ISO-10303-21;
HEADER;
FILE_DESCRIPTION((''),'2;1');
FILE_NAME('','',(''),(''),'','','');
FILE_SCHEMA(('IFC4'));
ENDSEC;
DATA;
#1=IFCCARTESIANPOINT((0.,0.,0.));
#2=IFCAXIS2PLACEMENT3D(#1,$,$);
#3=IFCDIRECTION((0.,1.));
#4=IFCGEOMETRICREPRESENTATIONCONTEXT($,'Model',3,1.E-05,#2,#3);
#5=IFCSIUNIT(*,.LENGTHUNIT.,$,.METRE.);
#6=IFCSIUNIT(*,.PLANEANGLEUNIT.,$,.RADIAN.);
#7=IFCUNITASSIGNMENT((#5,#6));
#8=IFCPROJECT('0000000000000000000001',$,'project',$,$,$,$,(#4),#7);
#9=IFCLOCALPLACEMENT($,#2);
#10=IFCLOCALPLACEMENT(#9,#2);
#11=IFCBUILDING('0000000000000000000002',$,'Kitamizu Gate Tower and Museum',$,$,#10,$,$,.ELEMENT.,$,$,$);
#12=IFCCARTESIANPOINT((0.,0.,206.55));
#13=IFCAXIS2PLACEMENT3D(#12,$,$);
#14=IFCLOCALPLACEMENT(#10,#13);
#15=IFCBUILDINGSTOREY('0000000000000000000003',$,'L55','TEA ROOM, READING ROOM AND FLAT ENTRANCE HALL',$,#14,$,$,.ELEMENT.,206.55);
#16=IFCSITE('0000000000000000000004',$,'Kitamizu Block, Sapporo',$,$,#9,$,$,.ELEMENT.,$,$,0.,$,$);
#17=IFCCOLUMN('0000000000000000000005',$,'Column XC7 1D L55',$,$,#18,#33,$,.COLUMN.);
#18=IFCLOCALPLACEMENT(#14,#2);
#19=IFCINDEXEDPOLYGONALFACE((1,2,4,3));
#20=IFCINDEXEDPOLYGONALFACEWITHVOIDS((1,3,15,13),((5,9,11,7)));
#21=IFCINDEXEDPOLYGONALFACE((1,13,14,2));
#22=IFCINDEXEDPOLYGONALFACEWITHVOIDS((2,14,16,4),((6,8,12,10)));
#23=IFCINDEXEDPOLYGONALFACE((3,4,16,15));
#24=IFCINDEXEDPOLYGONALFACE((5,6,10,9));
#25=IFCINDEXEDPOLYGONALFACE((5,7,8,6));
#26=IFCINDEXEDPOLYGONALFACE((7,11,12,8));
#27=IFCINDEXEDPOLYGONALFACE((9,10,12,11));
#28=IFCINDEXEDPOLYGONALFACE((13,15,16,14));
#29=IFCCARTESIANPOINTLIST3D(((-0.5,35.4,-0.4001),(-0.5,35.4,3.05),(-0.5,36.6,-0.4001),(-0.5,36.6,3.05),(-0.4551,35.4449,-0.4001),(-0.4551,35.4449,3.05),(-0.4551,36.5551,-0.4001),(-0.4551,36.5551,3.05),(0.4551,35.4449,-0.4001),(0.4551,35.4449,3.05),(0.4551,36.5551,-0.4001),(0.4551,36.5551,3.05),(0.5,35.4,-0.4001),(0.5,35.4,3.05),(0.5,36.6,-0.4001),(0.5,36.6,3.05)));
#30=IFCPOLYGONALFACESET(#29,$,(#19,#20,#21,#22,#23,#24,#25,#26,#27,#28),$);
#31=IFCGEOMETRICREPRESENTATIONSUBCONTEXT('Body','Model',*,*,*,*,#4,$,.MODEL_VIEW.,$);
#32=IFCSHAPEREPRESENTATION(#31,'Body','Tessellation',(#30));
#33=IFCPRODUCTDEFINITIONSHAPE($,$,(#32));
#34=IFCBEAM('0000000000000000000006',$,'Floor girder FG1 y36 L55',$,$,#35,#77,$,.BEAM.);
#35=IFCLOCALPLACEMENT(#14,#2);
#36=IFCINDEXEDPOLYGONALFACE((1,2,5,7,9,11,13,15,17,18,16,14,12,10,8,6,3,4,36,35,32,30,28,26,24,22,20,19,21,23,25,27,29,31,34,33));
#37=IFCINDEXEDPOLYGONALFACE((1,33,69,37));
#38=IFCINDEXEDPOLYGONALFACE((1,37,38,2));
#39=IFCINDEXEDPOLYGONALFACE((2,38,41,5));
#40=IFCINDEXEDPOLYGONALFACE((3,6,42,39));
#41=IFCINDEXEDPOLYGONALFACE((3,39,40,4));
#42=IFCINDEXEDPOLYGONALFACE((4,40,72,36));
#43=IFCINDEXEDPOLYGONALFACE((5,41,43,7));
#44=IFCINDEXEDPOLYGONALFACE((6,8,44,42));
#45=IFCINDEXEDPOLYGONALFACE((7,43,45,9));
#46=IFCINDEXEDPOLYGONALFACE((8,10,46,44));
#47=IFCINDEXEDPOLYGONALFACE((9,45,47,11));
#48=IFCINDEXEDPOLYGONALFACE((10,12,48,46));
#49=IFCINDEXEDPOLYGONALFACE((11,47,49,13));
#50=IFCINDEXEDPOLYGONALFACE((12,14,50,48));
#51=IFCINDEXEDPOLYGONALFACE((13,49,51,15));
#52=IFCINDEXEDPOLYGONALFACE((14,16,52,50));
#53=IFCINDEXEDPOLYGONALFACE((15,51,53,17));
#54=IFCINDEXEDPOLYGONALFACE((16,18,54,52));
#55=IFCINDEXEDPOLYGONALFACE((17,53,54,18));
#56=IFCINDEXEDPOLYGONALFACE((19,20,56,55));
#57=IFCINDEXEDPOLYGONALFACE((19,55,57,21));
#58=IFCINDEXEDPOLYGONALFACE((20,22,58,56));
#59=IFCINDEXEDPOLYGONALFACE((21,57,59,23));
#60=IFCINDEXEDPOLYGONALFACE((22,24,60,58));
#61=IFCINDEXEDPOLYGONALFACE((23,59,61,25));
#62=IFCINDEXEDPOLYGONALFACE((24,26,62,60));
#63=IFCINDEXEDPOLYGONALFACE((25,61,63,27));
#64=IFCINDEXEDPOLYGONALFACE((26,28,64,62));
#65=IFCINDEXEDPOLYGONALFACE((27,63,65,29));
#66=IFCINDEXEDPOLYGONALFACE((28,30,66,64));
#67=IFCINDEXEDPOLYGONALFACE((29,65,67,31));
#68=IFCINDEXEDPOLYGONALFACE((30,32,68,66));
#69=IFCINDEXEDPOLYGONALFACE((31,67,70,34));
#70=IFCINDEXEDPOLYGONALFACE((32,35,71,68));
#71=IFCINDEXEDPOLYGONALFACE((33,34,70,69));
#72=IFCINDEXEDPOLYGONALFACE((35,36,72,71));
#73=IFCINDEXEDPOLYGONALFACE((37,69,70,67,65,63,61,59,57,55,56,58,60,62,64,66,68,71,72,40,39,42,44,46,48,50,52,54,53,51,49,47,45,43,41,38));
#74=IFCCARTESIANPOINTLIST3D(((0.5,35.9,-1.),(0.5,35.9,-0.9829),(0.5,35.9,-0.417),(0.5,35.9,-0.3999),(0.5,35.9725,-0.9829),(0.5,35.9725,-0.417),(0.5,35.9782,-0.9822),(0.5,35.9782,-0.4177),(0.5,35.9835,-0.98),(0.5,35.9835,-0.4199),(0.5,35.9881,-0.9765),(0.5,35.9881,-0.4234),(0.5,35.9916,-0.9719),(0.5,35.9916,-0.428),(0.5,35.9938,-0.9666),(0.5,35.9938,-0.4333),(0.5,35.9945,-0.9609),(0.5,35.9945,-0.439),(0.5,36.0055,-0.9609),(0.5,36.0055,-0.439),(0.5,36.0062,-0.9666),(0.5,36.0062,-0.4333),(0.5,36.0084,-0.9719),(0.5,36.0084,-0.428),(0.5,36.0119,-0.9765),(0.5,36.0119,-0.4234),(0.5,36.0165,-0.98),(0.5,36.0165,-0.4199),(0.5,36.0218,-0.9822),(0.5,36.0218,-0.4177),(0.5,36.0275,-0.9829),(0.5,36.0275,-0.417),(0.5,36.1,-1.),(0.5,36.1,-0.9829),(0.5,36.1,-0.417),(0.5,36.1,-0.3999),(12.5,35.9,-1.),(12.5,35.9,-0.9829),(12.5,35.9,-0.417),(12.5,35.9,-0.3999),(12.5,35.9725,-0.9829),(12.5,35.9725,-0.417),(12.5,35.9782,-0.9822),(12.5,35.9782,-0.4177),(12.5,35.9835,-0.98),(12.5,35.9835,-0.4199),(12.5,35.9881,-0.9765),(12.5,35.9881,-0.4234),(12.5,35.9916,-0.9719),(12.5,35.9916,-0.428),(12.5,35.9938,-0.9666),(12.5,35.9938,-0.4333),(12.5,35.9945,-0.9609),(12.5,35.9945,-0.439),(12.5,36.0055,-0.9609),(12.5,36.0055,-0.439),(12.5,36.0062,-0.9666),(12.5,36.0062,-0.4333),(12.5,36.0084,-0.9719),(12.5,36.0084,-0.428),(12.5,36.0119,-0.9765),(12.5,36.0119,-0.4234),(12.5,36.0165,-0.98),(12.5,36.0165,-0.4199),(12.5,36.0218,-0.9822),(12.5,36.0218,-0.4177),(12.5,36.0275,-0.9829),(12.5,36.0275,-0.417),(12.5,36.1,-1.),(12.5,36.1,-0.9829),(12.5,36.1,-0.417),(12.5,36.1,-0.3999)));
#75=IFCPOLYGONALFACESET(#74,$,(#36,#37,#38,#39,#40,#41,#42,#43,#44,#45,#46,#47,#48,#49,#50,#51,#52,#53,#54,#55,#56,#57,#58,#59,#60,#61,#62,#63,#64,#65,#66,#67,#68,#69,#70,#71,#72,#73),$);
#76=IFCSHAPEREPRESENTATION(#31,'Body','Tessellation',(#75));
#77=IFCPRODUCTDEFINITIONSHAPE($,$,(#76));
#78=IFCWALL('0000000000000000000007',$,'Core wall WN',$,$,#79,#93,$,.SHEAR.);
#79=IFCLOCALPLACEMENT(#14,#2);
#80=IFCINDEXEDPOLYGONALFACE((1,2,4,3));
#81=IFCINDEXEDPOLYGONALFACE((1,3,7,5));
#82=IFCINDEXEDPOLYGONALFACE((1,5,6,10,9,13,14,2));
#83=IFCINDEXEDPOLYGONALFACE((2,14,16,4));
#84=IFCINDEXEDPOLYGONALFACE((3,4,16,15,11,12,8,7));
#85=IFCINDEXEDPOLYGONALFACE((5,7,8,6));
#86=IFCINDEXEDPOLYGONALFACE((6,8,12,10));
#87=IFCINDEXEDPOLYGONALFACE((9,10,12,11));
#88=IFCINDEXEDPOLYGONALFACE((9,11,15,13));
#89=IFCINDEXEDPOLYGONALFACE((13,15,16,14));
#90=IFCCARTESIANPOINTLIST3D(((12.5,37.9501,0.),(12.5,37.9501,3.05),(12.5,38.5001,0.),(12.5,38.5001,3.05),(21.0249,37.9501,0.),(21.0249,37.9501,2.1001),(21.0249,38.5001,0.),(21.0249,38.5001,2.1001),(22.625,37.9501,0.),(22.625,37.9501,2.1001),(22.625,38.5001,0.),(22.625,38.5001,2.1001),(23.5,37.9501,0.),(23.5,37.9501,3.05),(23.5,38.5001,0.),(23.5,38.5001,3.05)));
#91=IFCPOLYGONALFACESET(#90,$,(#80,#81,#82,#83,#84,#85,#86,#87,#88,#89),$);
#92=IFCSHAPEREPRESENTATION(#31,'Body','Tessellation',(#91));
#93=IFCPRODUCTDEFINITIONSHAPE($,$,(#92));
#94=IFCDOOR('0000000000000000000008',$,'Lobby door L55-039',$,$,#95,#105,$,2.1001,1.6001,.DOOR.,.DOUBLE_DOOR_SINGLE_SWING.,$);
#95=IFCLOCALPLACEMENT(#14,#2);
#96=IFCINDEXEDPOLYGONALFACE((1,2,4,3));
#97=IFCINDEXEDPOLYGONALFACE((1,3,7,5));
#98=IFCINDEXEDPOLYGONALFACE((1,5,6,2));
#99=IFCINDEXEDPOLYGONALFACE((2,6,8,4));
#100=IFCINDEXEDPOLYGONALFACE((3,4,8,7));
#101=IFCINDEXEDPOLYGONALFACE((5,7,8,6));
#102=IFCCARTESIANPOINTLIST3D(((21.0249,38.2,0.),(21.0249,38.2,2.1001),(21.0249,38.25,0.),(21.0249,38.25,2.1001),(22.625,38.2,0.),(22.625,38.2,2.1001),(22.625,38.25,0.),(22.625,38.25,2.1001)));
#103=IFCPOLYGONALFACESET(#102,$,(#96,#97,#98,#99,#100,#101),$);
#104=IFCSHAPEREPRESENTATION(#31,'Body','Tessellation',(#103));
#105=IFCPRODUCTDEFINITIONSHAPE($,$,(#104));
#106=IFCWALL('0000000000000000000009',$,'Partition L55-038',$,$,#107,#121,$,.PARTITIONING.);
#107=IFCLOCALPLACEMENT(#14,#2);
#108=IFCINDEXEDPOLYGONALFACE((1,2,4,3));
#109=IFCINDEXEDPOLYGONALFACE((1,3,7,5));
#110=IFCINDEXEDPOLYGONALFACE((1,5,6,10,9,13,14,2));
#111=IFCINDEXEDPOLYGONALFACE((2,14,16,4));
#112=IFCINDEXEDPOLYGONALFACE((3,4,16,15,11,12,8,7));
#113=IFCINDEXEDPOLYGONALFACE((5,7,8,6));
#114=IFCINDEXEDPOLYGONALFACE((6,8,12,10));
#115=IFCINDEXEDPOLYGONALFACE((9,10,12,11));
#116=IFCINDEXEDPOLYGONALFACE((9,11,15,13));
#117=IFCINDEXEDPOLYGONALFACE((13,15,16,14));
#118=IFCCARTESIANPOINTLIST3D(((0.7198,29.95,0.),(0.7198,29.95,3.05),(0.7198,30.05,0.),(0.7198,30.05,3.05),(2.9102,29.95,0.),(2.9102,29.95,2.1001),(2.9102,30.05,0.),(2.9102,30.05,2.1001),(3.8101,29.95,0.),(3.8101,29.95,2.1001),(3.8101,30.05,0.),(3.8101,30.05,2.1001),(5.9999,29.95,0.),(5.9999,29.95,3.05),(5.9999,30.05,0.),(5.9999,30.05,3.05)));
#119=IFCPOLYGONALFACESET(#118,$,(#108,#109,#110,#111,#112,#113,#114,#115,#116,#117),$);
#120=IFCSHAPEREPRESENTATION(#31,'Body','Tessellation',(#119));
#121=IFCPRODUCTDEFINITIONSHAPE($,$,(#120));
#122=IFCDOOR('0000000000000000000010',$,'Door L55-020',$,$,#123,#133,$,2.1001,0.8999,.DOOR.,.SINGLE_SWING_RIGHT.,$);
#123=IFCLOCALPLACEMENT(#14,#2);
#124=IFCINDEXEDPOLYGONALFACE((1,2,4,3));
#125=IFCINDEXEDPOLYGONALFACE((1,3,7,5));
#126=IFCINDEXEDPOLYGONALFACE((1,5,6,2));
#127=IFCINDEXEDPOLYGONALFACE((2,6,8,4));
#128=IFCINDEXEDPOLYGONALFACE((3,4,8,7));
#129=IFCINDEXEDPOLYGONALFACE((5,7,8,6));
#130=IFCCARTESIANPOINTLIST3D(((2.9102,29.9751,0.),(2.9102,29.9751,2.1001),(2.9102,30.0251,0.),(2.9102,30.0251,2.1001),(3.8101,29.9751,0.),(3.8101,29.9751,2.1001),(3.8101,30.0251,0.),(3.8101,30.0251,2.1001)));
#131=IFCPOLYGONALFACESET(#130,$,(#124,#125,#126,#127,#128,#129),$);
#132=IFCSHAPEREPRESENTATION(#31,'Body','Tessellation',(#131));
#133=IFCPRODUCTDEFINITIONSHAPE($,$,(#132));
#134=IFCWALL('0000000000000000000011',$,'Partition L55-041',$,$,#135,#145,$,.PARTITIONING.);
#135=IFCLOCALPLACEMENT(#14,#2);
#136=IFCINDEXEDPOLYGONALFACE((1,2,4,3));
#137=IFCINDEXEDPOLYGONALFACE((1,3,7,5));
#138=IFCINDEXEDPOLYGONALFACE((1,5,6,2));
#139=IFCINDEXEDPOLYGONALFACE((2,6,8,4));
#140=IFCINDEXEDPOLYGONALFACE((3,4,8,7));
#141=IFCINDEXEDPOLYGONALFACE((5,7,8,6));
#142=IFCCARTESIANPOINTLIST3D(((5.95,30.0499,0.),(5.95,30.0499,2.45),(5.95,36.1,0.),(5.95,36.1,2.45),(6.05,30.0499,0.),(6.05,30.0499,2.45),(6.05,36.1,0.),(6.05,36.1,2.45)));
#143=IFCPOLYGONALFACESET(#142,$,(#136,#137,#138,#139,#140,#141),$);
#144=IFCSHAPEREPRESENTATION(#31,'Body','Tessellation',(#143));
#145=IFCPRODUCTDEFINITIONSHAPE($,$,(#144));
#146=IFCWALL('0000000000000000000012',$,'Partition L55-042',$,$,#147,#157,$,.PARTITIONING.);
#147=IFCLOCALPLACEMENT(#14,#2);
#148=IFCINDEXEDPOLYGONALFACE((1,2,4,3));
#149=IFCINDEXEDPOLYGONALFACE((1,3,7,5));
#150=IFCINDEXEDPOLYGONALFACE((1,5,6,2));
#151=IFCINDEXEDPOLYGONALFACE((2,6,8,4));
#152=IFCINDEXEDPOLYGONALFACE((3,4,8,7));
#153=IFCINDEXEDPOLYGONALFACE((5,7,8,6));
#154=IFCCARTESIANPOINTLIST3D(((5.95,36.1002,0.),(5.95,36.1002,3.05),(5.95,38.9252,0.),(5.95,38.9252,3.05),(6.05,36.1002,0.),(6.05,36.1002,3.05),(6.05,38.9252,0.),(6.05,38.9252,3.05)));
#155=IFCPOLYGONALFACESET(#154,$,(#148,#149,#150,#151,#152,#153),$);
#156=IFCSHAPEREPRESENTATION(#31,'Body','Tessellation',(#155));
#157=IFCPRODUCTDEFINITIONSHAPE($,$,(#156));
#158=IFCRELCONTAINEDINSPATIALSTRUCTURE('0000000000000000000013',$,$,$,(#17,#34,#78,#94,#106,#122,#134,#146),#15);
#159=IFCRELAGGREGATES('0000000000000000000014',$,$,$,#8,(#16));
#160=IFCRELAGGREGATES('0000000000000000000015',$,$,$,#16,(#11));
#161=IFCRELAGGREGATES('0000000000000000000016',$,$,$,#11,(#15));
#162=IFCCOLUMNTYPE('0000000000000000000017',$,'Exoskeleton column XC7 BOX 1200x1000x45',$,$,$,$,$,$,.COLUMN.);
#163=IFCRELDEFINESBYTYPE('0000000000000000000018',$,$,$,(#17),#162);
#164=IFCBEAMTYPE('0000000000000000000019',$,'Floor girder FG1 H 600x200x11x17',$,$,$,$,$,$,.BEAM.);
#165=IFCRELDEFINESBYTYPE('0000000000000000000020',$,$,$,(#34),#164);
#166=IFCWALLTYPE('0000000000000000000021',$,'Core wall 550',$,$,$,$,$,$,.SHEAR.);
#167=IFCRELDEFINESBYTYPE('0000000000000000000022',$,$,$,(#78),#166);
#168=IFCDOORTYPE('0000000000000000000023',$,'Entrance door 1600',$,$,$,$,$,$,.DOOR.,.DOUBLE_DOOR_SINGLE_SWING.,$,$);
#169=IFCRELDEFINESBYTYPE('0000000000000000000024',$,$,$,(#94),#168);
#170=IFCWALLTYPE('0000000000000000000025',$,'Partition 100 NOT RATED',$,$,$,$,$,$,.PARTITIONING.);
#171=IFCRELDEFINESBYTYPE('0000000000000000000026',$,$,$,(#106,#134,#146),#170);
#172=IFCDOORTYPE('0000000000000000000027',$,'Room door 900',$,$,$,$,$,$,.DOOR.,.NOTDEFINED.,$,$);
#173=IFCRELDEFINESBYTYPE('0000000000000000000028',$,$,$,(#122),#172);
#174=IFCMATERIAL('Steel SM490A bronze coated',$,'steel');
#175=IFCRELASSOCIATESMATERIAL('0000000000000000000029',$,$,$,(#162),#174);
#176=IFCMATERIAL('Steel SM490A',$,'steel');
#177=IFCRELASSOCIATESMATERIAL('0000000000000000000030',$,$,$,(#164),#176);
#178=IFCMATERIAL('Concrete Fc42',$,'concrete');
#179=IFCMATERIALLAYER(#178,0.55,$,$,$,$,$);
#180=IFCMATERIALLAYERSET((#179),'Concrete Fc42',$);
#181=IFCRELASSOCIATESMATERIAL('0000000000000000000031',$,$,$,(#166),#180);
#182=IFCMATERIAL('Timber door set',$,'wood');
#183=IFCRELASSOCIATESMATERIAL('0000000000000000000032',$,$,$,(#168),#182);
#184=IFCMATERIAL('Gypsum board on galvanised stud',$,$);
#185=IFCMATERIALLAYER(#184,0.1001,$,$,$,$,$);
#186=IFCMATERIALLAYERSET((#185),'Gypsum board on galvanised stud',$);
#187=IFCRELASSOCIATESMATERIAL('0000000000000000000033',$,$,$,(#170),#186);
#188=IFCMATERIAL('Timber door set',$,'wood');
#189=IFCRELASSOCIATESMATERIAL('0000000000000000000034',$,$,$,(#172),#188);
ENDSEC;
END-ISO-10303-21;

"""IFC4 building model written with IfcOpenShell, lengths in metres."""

from ifc_helpers import new_model, si_unit, direction, frame, frame_2d, origin, origin_2d, place, context, subcontext, project, spatial, rectangle, hollow_rectangle, i_section, extrude, material, layer, layer_set, material_profile, profile_set, type_object, element, fill, save


model = new_model("IFC4")

# Units and contexts
model_context = context("Model", 3, precision=1e-05, world=origin(), true_north=direction((0.0, 1.0)))
body_context = subcontext(model_context, "Body", "Model", "MODEL_VIEW")
ifc_project = project(units=[si_unit("LENGTHUNIT", "METRE"), si_unit("PLANEANGLEUNIT", "RADIAN")], contexts=[model_context])

# Site, building, storey
site_placement = place(None, origin())
site = spatial("IfcSite", under=ifc_project, at=site_placement, Name="Kitamizu Block, Sapporo", CompositionType="ELEMENT", RefElevation=0.0)
building_placement = place(site_placement, origin())
building = spatial("IfcBuilding", under=site, at=building_placement, Name="Kitamizu Gate Tower and Museum", CompositionType="ELEMENT")
storey_placement = place(building_placement, frame((0.0, 0.0, 206.55)))
storey = spatial("IfcBuildingStorey", under=building, at=storey_placement, Name="L55", Description="TEA ROOM, READING ROOM AND FLAT ENTRANCE HALL", CompositionType="ELEMENT", Elevation=206.55)

# Column
ifc_material_1 = material(Name="Steel SM490A bronze coated", Category="steel")
ifc_material_profile_1 = material_profile(ifc_material_1, hollow_rectangle(XDim=1.2, YDim=1.0, WallThickness=0.0449, at=origin_2d()), Name="BOX 1200x1000x45")
ifc_profile_set_1 = profile_set([ifc_material_profile_1], Name="Steel SM490A bronze coated")
column_type = type_object("IfcColumnType", Name="Exoskeleton column XC7 BOX 1200x1000x45", PredefinedType="COLUMN", material=ifc_profile_set_1)
column_placement = place(storey_placement, frame((0.0, 36.0, -0.4001), z_axis=(0.0, 0.0, 1.0), x_axis=(0.0, 1.0, 0.0)))
element("IfcColumn", 1, at=column_placement, inside=storey, type_object=column_type, Name="Column XC7 1D L55", PredefinedType="COLUMN", context=body_context, shape_type="SweptSolid", body=[
    extrude(hollow_rectangle(XDim=1.2, YDim=1.0, WallThickness=0.0449, at=origin_2d()), origin(), (0.0, 0.0, 1.0), 3.4502),
])

# Beam
ifc_material_2 = material(Name="Steel SM490A", Category="steel")
ifc_material_profile_2 = material_profile(ifc_material_2, i_section(OverallWidth=0.2, OverallDepth=0.6001, WebThickness=0.011, FlangeThickness=0.0171, FilletRadius=0.022, at=origin_2d()), Name="H-600x200x11x17")
ifc_profile_set_2 = profile_set([ifc_material_profile_2], Name="Steel SM490A")
beam_type = type_object("IfcBeamType", Name="Floor girder FG1 H 600x200x11x17", PredefinedType="BEAM", material=ifc_profile_set_2)
beam_placement = place(storey_placement, frame((0.5, 36.0, -0.7), z_axis=(1.0, 0.0, 0.0), x_axis=(0.0, 1.0, 0.0)))
element("IfcBeam", 2, at=beam_placement, inside=storey, type_object=beam_type, Name="Floor girder FG1 y36 L55", PredefinedType="BEAM", context=body_context, shape_type="SweptSolid", body=[
    extrude(i_section(OverallWidth=0.2, OverallDepth=0.6001, WebThickness=0.011, FlangeThickness=0.0171, FilletRadius=0.022, at=origin_2d()), origin(), (0.0, 0.0, 1.0), 12.0),
])

# Walls, openings, doors
ifc_material_3 = material(Name="Concrete Fc42", Category="concrete")
ifc_layer_1 = layer(ifc_material_3, 0.55)
ifc_layer_set_1 = layer_set([ifc_layer_1], Name="Concrete Fc42")
wall_type_1 = type_object("IfcWallType", Name="Core wall 550", PredefinedType="SHEAR", material=ifc_layer_set_1)
wall_1_placement = place(storey_placement, frame((12.5, 38.2251, 0.0), z_axis=(0.0, 0.0, 1.0), x_axis=(1.0, 0.0, 0.0)))
wall_1 = element("IfcWall", 3, at=wall_1_placement, inside=storey, type_object=wall_type_1, Name="Core wall WN", PredefinedType="SHEAR", context=body_context, shape_type="SweptSolid", body=[
    extrude(rectangle(XDim=11.0, YDim=0.55, at=frame_2d((5.5, 0.0))), origin(), (0.0, 0.0, 1.0), 3.05),
])
opening_1_placement = place(wall_1_placement, frame((8.5249, 0.0, 0.0)))
opening_1 = element("IfcOpeningElement", 4, at=opening_1_placement, cuts=wall_1, PredefinedType="OPENING", context=body_context, shape_type="SweptSolid", body=[
    extrude(rectangle(XDim=1.6001, YDim=2.1001, at=frame_2d((0.8, 1.05))), frame((0.0, 0.2852, 0.0), z_axis=(0.0, -1.0, 0.0), x_axis=(1.0, 0.0, 0.0)), (0.0, 0.0, 1.0), 0.5701),
])
ifc_material_4 = material(Name="Timber door set", Category="wood")
door_type_1 = type_object("IfcDoorType", Name="Entrance door 1600", OperationType="DOUBLE_DOOR_SINGLE_SWING", PredefinedType="DOOR", material=ifc_material_4)
door_1_placement = place(opening_1_placement, origin())
door_1 = element("IfcDoor", 5, at=door_1_placement, inside=storey, type_object=door_type_1, Name="Lobby door L55-039", OperationType="DOUBLE_DOOR_SINGLE_SWING", OverallHeight=2.1001, OverallWidth=1.6001, PredefinedType="DOOR", context=body_context, shape_type="SweptSolid", body=[
    extrude(rectangle(XDim=1.6001, YDim=2.1001, at=frame_2d((0.8, 1.05))), frame((0.0, 0.0249, 0.0), z_axis=(0.0, -1.0, 0.0), x_axis=(1.0, 0.0, 0.0)), (0.0, 0.0, 1.0), 0.05),
])
fill(opening_1, door_1)
ifc_material_5 = material(Name="Gypsum board on galvanised stud")
ifc_layer_2 = layer(ifc_material_5, 0.1001)
ifc_layer_set_2 = layer_set([ifc_layer_2], Name="Gypsum board on galvanised stud")
wall_type_2 = type_object("IfcWallType", Name="Partition 100 NOT RATED", PredefinedType="PARTITIONING", material=ifc_layer_set_2)
wall_2_placement = place(storey_placement, frame((6.0, 30.0, 0.0), z_axis=(0.0, 0.0, 1.0), x_axis=(-1.0, 0.0, 0.0)))
wall_2 = element("IfcWall", 6, at=wall_2_placement, inside=storey, type_object=wall_type_2, Name="Partition L55-038", PredefinedType="PARTITIONING", context=body_context, shape_type="SweptSolid", body=[
    extrude(rectangle(XDim=5.28, YDim=0.1001, at=frame_2d((2.6401, 0.0))), origin(), (0.0, 0.0, 1.0), 3.05),
])
opening_2_placement = place(wall_2_placement, frame((2.1899, 0.0, 0.0)))
opening_2 = element("IfcOpeningElement", 7, at=opening_2_placement, cuts=wall_2, PredefinedType="OPENING", context=body_context, shape_type="SweptSolid", body=[
    extrude(rectangle(XDim=0.8999, YDim=2.1001, at=frame_2d((0.45, 1.05))), frame((0.0, 0.0601, 0.0), z_axis=(0.0, -1.0, 0.0), x_axis=(1.0, 0.0, 0.0)), (0.0, 0.0, 1.0), 0.1201),
])
ifc_material_6 = material(Name="Timber door set", Category="wood")
door_type_2 = type_object("IfcDoorType", Name="Room door 900", OperationType="NOTDEFINED", PredefinedType="DOOR", material=ifc_material_6)
door_2_placement = place(opening_2_placement, origin())
door_2 = element("IfcDoor", 8, at=door_2_placement, inside=storey, type_object=door_type_2, Name="Door L55-020", OperationType="SINGLE_SWING_RIGHT", OverallHeight=2.1001, OverallWidth=0.8999, PredefinedType="DOOR", context=body_context, shape_type="SweptSolid", body=[
    extrude(rectangle(XDim=0.8999, YDim=2.1001, at=frame_2d((0.45, 1.05))), frame((0.0, 0.0249, 0.0), z_axis=(0.0, -1.0, 0.0), x_axis=(1.0, 0.0, 0.0)), (0.0, 0.0, 1.0), 0.05),
])
fill(opening_2, door_2)

# Walls
wall_3_placement = place(storey_placement, frame((6.0, 30.05, 0.0), z_axis=(0.0, 0.0, 1.0), x_axis=(0.0, 1.0, 0.0)))
element("IfcWall", 9, at=wall_3_placement, inside=storey, type_object=wall_type_2, Name="Partition L55-041", PredefinedType="PARTITIONING", context=body_context, shape_type="SweptSolid", body=[
    extrude(rectangle(XDim=6.05, YDim=0.1001, at=frame_2d((3.0249, 0.0))), origin(), (0.0, 0.0, 1.0), 2.45),
])
wall_4_placement = place(storey_placement, frame((6.0, 36.1001, 0.0), z_axis=(0.0, 0.0, 1.0), x_axis=(0.0, 1.0, 0.0)))
element("IfcWall", 10, at=wall_4_placement, inside=storey, type_object=wall_type_2, Name="Partition L55-042", PredefinedType="PARTITIONING", context=body_context, shape_type="SweptSolid", body=[
    extrude(rectangle(XDim=2.825, YDim=0.1001, at=frame_2d((1.4126, 0.0))), origin(), (0.0, 0.0, 1.0), 3.05),
])

save(model, "model.ifc")
